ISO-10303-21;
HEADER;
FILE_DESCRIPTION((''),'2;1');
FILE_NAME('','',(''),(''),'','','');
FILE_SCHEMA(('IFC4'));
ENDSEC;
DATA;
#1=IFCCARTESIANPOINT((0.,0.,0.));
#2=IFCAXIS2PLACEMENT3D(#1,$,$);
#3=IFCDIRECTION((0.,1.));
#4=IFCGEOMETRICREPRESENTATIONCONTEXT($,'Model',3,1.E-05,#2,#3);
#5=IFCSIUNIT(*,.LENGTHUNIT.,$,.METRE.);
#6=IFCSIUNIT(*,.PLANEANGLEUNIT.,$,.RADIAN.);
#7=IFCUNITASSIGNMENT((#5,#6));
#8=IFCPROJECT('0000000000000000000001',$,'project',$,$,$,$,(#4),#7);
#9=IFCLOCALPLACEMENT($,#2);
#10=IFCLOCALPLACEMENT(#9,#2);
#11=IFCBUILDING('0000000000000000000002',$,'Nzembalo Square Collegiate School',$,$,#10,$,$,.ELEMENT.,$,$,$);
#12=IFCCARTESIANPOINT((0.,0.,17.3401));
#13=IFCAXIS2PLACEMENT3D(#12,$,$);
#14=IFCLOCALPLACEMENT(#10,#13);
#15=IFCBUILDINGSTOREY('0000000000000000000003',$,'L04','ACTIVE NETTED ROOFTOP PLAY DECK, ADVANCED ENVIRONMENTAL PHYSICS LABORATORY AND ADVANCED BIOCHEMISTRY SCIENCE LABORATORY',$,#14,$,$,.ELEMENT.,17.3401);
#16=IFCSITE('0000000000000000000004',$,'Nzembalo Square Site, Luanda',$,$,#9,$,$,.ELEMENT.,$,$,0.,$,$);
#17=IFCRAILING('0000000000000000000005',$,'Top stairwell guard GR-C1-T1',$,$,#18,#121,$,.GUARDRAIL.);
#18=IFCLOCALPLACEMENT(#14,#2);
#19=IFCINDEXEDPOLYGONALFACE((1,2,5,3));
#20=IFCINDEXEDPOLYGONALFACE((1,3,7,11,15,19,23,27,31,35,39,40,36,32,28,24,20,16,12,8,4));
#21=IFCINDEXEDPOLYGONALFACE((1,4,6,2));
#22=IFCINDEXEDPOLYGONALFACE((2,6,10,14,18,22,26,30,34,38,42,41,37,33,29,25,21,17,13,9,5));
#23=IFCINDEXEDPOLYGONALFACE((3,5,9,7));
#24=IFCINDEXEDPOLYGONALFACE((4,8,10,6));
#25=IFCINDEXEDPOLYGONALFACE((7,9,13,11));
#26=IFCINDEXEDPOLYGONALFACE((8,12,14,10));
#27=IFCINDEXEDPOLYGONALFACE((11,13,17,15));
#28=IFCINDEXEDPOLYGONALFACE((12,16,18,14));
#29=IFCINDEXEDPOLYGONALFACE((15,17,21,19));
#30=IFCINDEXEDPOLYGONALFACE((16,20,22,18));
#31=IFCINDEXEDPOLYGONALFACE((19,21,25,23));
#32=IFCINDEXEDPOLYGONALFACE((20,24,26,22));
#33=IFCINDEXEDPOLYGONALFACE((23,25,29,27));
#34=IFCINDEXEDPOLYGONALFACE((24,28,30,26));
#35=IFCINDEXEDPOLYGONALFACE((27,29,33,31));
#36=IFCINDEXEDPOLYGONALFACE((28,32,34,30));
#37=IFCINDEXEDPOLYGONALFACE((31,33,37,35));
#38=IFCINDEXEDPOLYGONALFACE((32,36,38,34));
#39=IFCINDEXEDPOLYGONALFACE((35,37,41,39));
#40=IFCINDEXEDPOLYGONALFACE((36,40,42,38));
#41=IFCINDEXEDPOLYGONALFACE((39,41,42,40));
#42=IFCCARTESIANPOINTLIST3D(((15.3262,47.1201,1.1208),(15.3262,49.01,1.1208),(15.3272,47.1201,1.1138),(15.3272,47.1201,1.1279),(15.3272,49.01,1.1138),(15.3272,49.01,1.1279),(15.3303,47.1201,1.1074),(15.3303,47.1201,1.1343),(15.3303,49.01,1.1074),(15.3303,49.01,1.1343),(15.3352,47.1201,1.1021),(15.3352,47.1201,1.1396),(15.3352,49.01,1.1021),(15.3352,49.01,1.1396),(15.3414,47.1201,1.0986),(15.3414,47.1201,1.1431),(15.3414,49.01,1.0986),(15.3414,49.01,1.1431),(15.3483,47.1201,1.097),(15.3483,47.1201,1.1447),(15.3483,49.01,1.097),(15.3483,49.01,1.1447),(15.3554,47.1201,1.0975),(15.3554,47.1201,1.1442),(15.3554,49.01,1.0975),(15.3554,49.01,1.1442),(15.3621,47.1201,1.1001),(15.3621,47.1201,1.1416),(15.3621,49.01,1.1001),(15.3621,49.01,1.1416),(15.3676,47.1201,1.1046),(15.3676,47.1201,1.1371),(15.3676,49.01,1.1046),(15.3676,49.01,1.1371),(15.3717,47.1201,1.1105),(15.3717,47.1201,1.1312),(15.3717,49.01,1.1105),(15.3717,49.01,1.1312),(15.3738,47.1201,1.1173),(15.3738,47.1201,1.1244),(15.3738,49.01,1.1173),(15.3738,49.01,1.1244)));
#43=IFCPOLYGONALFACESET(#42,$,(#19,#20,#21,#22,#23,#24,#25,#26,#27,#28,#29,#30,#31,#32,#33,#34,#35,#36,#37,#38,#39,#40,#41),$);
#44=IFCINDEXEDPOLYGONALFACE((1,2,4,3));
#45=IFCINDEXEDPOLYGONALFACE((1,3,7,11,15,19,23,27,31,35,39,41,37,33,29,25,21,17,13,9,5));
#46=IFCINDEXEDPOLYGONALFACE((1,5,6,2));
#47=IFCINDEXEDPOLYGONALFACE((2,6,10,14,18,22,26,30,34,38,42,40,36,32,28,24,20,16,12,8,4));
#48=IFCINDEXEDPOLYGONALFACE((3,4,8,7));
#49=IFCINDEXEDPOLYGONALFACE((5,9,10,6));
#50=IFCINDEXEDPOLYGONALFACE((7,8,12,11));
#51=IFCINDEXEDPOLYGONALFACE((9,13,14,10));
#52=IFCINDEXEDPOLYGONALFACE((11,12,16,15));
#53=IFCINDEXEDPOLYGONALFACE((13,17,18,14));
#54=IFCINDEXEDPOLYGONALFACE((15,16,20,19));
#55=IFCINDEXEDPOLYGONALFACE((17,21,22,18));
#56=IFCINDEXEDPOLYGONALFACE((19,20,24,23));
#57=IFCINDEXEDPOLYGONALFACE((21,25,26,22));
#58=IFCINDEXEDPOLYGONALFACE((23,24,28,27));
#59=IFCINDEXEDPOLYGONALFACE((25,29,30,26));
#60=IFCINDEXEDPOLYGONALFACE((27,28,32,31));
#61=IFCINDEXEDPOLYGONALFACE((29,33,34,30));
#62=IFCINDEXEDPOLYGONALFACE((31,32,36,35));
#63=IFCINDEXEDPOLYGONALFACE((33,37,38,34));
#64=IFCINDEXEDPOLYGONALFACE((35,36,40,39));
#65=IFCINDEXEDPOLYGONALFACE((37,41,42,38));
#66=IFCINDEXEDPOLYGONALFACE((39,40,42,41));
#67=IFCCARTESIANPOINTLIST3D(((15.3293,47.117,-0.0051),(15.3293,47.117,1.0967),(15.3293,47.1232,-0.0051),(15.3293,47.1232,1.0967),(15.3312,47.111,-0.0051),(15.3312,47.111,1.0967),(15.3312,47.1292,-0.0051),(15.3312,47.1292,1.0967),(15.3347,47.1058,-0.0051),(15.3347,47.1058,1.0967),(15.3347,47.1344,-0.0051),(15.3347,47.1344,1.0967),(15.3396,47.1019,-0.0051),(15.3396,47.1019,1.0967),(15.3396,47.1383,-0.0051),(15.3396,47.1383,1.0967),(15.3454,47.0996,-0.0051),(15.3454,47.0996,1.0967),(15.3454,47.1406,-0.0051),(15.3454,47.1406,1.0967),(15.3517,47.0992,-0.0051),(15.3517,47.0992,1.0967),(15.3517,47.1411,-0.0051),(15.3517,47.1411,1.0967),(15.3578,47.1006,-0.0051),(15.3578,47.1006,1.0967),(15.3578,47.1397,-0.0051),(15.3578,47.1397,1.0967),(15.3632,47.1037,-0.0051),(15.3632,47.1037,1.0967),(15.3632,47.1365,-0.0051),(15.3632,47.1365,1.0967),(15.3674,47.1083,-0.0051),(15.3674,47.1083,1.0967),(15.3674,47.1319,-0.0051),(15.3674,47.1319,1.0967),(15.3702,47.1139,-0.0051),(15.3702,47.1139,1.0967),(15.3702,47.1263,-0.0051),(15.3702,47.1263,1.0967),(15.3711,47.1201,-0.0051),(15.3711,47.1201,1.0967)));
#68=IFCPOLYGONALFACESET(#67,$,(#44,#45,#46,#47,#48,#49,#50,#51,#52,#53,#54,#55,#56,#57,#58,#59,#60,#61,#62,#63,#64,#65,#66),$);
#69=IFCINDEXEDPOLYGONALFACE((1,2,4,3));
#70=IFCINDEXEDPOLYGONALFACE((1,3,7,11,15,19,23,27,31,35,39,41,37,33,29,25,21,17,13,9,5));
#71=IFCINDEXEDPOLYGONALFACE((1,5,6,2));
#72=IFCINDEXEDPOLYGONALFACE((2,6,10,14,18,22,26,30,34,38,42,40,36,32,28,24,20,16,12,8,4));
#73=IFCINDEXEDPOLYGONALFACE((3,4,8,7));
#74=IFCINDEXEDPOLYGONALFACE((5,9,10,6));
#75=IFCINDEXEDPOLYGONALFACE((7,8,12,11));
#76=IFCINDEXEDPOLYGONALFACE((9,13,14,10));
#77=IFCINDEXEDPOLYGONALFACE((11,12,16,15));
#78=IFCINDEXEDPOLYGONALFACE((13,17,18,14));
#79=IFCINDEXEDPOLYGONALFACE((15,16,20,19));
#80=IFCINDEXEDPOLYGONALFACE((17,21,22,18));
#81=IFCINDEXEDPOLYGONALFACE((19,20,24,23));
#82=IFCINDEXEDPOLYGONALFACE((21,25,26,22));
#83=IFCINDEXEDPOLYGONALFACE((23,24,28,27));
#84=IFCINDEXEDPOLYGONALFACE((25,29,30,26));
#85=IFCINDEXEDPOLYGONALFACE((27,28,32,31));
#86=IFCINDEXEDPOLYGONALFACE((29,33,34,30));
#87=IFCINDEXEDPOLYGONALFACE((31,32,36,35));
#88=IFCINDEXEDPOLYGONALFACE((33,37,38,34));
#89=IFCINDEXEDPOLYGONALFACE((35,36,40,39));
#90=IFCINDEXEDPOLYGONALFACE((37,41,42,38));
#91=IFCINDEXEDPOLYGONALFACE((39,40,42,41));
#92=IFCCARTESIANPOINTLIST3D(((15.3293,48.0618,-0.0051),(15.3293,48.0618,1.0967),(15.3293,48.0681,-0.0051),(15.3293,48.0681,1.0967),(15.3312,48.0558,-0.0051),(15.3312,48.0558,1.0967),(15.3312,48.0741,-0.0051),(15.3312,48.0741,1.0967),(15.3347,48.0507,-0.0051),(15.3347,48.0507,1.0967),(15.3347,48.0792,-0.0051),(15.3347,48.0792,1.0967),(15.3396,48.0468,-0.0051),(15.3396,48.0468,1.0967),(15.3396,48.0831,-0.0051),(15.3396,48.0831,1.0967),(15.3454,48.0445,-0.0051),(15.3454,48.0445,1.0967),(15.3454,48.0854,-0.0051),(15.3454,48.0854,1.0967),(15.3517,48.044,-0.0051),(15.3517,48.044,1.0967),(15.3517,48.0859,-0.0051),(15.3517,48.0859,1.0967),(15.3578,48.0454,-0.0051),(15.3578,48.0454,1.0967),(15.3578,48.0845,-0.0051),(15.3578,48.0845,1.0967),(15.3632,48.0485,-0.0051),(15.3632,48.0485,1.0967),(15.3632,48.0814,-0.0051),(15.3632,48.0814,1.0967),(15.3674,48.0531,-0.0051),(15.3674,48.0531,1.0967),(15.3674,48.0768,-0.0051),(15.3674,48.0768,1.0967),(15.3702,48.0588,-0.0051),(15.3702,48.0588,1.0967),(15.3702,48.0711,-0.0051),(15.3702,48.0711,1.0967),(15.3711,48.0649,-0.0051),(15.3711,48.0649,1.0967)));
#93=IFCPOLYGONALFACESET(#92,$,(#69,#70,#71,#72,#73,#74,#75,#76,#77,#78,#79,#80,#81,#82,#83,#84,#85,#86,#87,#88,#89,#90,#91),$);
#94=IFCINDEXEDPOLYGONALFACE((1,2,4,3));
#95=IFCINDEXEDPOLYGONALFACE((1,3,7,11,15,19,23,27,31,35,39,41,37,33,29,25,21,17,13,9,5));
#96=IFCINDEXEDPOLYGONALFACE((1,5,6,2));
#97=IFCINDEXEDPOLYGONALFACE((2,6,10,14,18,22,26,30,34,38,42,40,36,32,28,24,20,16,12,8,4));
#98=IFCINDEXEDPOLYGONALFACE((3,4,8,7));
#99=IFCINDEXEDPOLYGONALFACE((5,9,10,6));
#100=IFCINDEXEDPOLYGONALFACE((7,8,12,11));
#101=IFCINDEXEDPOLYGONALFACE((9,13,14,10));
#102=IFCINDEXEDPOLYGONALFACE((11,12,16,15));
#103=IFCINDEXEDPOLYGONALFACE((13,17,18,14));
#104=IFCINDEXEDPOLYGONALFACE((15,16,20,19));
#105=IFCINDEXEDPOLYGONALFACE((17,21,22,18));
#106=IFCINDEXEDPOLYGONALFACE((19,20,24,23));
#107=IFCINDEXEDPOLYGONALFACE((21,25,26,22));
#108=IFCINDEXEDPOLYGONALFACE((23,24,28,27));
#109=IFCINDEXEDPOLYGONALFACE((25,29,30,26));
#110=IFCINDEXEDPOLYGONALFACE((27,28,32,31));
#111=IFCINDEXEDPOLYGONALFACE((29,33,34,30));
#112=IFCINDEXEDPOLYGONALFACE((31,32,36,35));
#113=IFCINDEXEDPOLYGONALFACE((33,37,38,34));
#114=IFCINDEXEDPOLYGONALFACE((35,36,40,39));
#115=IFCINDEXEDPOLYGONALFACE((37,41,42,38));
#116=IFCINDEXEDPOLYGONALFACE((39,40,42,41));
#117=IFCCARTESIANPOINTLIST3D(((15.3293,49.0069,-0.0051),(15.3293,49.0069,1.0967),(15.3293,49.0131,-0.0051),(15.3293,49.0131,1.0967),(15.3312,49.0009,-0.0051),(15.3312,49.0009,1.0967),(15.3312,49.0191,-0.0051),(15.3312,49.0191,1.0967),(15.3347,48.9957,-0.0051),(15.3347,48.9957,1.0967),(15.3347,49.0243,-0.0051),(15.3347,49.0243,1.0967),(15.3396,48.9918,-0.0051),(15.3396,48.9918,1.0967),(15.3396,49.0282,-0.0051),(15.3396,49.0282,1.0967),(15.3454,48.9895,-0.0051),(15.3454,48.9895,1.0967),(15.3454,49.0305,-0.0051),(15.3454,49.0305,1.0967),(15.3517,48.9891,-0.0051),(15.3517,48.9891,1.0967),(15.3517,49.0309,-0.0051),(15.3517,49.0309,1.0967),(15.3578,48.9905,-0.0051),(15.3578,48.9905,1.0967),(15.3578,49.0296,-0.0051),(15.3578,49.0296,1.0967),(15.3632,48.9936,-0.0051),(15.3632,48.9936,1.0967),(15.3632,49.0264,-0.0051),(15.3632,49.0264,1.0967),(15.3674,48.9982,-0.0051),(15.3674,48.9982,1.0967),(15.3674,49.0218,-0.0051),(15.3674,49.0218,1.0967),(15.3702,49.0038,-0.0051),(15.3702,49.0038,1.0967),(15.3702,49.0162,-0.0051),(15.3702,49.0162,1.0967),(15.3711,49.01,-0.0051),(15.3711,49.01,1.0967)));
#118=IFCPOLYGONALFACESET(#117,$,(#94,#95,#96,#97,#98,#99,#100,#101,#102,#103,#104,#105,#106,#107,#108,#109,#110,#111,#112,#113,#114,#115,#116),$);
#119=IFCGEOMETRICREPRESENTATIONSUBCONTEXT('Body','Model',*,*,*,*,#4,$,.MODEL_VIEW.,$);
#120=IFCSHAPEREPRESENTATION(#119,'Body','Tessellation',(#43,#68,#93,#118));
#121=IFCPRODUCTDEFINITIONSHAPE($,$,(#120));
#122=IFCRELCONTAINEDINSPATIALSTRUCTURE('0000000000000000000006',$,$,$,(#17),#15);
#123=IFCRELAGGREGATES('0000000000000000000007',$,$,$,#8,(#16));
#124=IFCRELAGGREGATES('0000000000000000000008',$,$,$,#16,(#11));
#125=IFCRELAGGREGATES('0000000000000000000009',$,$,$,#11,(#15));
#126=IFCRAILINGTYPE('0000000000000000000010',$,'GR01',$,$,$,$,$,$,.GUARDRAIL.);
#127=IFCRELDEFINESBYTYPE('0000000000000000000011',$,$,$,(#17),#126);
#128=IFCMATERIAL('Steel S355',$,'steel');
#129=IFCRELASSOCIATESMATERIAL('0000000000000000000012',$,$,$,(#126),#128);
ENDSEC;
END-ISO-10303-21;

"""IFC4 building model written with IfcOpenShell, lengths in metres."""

from ifc_helpers import new_model, si_unit, direction, frame, origin, origin_2d, place, context, subcontext, project, spatial, circle, extrude, material, type_object, element, save


model = new_model("IFC4")

# Units and contexts
model_context = context("Model", 3, precision=1e-05, world=origin(), true_north=direction((0.0, 1.0)))
body_context = subcontext(model_context, "Body", "Model", "MODEL_VIEW")
ifc_project = project(units=[si_unit("LENGTHUNIT", "METRE"), si_unit("PLANEANGLEUNIT", "RADIAN")], contexts=[model_context])

# Site, building, storey
site_placement = place(None, origin())
site = spatial("IfcSite", under=ifc_project, at=site_placement, Name="Nzembalo Square Site, Luanda", CompositionType="ELEMENT", RefElevation=0.0)
building_placement = place(site_placement, origin())
building = spatial("IfcBuilding", under=site, at=building_placement, Name="Nzembalo Square Collegiate School", CompositionType="ELEMENT")
storey_placement = place(building_placement, frame((0.0, 0.0, 17.3401)))
storey = spatial("IfcBuildingStorey", under=building, at=storey_placement, Name="L04", Description="ACTIVE NETTED ROOFTOP PLAY DECK, ADVANCED ENVIRONMENTAL PHYSICS LABORATORY AND ADVANCED BIOCHEMISTRY SCIENCE LABORATORY", CompositionType="ELEMENT", Elevation=17.3401)

# Railing
ifc_material_1 = material(Name="Steel S355", Category="steel")
railing_type = type_object("IfcRailingType", Name="GR01", PredefinedType="GUARDRAIL", material=ifc_material_1)
railing_placement = place(storey_placement, frame((15.3501, 47.1201, -0.0051)))
element("IfcRailing", 1, at=railing_placement, inside=storey, type_object=railing_type, Name="Top stairwell guard GR-C1-T1", PredefinedType="GUARDRAIL", context=body_context, shape_type="SweptSolid", body=[
    extrude(circle(Radius=0.0239, at=origin_2d()), frame((0.0, 0.0, 1.126), z_axis=(0.0, 1.0, 0.0), x_axis=(-1.0, 0.0, 0.0)), (0.0, 0.0, 1.0), 1.8899),
    extrude(circle(Radius=0.021, at=origin_2d()), origin(), (0.0, 0.0, 1.0), 1.1018),
    extrude(circle(Radius=0.021, at=origin_2d()), frame((0.0, 0.9448, 0.0)), (0.0, 0.0, 1.0), 1.1018),
    extrude(circle(Radius=0.021, at=origin_2d()), frame((0.0, 1.8899, 0.0)), (0.0, 0.0, 1.0), 1.1018),
])

save(model, "model.ifc")
